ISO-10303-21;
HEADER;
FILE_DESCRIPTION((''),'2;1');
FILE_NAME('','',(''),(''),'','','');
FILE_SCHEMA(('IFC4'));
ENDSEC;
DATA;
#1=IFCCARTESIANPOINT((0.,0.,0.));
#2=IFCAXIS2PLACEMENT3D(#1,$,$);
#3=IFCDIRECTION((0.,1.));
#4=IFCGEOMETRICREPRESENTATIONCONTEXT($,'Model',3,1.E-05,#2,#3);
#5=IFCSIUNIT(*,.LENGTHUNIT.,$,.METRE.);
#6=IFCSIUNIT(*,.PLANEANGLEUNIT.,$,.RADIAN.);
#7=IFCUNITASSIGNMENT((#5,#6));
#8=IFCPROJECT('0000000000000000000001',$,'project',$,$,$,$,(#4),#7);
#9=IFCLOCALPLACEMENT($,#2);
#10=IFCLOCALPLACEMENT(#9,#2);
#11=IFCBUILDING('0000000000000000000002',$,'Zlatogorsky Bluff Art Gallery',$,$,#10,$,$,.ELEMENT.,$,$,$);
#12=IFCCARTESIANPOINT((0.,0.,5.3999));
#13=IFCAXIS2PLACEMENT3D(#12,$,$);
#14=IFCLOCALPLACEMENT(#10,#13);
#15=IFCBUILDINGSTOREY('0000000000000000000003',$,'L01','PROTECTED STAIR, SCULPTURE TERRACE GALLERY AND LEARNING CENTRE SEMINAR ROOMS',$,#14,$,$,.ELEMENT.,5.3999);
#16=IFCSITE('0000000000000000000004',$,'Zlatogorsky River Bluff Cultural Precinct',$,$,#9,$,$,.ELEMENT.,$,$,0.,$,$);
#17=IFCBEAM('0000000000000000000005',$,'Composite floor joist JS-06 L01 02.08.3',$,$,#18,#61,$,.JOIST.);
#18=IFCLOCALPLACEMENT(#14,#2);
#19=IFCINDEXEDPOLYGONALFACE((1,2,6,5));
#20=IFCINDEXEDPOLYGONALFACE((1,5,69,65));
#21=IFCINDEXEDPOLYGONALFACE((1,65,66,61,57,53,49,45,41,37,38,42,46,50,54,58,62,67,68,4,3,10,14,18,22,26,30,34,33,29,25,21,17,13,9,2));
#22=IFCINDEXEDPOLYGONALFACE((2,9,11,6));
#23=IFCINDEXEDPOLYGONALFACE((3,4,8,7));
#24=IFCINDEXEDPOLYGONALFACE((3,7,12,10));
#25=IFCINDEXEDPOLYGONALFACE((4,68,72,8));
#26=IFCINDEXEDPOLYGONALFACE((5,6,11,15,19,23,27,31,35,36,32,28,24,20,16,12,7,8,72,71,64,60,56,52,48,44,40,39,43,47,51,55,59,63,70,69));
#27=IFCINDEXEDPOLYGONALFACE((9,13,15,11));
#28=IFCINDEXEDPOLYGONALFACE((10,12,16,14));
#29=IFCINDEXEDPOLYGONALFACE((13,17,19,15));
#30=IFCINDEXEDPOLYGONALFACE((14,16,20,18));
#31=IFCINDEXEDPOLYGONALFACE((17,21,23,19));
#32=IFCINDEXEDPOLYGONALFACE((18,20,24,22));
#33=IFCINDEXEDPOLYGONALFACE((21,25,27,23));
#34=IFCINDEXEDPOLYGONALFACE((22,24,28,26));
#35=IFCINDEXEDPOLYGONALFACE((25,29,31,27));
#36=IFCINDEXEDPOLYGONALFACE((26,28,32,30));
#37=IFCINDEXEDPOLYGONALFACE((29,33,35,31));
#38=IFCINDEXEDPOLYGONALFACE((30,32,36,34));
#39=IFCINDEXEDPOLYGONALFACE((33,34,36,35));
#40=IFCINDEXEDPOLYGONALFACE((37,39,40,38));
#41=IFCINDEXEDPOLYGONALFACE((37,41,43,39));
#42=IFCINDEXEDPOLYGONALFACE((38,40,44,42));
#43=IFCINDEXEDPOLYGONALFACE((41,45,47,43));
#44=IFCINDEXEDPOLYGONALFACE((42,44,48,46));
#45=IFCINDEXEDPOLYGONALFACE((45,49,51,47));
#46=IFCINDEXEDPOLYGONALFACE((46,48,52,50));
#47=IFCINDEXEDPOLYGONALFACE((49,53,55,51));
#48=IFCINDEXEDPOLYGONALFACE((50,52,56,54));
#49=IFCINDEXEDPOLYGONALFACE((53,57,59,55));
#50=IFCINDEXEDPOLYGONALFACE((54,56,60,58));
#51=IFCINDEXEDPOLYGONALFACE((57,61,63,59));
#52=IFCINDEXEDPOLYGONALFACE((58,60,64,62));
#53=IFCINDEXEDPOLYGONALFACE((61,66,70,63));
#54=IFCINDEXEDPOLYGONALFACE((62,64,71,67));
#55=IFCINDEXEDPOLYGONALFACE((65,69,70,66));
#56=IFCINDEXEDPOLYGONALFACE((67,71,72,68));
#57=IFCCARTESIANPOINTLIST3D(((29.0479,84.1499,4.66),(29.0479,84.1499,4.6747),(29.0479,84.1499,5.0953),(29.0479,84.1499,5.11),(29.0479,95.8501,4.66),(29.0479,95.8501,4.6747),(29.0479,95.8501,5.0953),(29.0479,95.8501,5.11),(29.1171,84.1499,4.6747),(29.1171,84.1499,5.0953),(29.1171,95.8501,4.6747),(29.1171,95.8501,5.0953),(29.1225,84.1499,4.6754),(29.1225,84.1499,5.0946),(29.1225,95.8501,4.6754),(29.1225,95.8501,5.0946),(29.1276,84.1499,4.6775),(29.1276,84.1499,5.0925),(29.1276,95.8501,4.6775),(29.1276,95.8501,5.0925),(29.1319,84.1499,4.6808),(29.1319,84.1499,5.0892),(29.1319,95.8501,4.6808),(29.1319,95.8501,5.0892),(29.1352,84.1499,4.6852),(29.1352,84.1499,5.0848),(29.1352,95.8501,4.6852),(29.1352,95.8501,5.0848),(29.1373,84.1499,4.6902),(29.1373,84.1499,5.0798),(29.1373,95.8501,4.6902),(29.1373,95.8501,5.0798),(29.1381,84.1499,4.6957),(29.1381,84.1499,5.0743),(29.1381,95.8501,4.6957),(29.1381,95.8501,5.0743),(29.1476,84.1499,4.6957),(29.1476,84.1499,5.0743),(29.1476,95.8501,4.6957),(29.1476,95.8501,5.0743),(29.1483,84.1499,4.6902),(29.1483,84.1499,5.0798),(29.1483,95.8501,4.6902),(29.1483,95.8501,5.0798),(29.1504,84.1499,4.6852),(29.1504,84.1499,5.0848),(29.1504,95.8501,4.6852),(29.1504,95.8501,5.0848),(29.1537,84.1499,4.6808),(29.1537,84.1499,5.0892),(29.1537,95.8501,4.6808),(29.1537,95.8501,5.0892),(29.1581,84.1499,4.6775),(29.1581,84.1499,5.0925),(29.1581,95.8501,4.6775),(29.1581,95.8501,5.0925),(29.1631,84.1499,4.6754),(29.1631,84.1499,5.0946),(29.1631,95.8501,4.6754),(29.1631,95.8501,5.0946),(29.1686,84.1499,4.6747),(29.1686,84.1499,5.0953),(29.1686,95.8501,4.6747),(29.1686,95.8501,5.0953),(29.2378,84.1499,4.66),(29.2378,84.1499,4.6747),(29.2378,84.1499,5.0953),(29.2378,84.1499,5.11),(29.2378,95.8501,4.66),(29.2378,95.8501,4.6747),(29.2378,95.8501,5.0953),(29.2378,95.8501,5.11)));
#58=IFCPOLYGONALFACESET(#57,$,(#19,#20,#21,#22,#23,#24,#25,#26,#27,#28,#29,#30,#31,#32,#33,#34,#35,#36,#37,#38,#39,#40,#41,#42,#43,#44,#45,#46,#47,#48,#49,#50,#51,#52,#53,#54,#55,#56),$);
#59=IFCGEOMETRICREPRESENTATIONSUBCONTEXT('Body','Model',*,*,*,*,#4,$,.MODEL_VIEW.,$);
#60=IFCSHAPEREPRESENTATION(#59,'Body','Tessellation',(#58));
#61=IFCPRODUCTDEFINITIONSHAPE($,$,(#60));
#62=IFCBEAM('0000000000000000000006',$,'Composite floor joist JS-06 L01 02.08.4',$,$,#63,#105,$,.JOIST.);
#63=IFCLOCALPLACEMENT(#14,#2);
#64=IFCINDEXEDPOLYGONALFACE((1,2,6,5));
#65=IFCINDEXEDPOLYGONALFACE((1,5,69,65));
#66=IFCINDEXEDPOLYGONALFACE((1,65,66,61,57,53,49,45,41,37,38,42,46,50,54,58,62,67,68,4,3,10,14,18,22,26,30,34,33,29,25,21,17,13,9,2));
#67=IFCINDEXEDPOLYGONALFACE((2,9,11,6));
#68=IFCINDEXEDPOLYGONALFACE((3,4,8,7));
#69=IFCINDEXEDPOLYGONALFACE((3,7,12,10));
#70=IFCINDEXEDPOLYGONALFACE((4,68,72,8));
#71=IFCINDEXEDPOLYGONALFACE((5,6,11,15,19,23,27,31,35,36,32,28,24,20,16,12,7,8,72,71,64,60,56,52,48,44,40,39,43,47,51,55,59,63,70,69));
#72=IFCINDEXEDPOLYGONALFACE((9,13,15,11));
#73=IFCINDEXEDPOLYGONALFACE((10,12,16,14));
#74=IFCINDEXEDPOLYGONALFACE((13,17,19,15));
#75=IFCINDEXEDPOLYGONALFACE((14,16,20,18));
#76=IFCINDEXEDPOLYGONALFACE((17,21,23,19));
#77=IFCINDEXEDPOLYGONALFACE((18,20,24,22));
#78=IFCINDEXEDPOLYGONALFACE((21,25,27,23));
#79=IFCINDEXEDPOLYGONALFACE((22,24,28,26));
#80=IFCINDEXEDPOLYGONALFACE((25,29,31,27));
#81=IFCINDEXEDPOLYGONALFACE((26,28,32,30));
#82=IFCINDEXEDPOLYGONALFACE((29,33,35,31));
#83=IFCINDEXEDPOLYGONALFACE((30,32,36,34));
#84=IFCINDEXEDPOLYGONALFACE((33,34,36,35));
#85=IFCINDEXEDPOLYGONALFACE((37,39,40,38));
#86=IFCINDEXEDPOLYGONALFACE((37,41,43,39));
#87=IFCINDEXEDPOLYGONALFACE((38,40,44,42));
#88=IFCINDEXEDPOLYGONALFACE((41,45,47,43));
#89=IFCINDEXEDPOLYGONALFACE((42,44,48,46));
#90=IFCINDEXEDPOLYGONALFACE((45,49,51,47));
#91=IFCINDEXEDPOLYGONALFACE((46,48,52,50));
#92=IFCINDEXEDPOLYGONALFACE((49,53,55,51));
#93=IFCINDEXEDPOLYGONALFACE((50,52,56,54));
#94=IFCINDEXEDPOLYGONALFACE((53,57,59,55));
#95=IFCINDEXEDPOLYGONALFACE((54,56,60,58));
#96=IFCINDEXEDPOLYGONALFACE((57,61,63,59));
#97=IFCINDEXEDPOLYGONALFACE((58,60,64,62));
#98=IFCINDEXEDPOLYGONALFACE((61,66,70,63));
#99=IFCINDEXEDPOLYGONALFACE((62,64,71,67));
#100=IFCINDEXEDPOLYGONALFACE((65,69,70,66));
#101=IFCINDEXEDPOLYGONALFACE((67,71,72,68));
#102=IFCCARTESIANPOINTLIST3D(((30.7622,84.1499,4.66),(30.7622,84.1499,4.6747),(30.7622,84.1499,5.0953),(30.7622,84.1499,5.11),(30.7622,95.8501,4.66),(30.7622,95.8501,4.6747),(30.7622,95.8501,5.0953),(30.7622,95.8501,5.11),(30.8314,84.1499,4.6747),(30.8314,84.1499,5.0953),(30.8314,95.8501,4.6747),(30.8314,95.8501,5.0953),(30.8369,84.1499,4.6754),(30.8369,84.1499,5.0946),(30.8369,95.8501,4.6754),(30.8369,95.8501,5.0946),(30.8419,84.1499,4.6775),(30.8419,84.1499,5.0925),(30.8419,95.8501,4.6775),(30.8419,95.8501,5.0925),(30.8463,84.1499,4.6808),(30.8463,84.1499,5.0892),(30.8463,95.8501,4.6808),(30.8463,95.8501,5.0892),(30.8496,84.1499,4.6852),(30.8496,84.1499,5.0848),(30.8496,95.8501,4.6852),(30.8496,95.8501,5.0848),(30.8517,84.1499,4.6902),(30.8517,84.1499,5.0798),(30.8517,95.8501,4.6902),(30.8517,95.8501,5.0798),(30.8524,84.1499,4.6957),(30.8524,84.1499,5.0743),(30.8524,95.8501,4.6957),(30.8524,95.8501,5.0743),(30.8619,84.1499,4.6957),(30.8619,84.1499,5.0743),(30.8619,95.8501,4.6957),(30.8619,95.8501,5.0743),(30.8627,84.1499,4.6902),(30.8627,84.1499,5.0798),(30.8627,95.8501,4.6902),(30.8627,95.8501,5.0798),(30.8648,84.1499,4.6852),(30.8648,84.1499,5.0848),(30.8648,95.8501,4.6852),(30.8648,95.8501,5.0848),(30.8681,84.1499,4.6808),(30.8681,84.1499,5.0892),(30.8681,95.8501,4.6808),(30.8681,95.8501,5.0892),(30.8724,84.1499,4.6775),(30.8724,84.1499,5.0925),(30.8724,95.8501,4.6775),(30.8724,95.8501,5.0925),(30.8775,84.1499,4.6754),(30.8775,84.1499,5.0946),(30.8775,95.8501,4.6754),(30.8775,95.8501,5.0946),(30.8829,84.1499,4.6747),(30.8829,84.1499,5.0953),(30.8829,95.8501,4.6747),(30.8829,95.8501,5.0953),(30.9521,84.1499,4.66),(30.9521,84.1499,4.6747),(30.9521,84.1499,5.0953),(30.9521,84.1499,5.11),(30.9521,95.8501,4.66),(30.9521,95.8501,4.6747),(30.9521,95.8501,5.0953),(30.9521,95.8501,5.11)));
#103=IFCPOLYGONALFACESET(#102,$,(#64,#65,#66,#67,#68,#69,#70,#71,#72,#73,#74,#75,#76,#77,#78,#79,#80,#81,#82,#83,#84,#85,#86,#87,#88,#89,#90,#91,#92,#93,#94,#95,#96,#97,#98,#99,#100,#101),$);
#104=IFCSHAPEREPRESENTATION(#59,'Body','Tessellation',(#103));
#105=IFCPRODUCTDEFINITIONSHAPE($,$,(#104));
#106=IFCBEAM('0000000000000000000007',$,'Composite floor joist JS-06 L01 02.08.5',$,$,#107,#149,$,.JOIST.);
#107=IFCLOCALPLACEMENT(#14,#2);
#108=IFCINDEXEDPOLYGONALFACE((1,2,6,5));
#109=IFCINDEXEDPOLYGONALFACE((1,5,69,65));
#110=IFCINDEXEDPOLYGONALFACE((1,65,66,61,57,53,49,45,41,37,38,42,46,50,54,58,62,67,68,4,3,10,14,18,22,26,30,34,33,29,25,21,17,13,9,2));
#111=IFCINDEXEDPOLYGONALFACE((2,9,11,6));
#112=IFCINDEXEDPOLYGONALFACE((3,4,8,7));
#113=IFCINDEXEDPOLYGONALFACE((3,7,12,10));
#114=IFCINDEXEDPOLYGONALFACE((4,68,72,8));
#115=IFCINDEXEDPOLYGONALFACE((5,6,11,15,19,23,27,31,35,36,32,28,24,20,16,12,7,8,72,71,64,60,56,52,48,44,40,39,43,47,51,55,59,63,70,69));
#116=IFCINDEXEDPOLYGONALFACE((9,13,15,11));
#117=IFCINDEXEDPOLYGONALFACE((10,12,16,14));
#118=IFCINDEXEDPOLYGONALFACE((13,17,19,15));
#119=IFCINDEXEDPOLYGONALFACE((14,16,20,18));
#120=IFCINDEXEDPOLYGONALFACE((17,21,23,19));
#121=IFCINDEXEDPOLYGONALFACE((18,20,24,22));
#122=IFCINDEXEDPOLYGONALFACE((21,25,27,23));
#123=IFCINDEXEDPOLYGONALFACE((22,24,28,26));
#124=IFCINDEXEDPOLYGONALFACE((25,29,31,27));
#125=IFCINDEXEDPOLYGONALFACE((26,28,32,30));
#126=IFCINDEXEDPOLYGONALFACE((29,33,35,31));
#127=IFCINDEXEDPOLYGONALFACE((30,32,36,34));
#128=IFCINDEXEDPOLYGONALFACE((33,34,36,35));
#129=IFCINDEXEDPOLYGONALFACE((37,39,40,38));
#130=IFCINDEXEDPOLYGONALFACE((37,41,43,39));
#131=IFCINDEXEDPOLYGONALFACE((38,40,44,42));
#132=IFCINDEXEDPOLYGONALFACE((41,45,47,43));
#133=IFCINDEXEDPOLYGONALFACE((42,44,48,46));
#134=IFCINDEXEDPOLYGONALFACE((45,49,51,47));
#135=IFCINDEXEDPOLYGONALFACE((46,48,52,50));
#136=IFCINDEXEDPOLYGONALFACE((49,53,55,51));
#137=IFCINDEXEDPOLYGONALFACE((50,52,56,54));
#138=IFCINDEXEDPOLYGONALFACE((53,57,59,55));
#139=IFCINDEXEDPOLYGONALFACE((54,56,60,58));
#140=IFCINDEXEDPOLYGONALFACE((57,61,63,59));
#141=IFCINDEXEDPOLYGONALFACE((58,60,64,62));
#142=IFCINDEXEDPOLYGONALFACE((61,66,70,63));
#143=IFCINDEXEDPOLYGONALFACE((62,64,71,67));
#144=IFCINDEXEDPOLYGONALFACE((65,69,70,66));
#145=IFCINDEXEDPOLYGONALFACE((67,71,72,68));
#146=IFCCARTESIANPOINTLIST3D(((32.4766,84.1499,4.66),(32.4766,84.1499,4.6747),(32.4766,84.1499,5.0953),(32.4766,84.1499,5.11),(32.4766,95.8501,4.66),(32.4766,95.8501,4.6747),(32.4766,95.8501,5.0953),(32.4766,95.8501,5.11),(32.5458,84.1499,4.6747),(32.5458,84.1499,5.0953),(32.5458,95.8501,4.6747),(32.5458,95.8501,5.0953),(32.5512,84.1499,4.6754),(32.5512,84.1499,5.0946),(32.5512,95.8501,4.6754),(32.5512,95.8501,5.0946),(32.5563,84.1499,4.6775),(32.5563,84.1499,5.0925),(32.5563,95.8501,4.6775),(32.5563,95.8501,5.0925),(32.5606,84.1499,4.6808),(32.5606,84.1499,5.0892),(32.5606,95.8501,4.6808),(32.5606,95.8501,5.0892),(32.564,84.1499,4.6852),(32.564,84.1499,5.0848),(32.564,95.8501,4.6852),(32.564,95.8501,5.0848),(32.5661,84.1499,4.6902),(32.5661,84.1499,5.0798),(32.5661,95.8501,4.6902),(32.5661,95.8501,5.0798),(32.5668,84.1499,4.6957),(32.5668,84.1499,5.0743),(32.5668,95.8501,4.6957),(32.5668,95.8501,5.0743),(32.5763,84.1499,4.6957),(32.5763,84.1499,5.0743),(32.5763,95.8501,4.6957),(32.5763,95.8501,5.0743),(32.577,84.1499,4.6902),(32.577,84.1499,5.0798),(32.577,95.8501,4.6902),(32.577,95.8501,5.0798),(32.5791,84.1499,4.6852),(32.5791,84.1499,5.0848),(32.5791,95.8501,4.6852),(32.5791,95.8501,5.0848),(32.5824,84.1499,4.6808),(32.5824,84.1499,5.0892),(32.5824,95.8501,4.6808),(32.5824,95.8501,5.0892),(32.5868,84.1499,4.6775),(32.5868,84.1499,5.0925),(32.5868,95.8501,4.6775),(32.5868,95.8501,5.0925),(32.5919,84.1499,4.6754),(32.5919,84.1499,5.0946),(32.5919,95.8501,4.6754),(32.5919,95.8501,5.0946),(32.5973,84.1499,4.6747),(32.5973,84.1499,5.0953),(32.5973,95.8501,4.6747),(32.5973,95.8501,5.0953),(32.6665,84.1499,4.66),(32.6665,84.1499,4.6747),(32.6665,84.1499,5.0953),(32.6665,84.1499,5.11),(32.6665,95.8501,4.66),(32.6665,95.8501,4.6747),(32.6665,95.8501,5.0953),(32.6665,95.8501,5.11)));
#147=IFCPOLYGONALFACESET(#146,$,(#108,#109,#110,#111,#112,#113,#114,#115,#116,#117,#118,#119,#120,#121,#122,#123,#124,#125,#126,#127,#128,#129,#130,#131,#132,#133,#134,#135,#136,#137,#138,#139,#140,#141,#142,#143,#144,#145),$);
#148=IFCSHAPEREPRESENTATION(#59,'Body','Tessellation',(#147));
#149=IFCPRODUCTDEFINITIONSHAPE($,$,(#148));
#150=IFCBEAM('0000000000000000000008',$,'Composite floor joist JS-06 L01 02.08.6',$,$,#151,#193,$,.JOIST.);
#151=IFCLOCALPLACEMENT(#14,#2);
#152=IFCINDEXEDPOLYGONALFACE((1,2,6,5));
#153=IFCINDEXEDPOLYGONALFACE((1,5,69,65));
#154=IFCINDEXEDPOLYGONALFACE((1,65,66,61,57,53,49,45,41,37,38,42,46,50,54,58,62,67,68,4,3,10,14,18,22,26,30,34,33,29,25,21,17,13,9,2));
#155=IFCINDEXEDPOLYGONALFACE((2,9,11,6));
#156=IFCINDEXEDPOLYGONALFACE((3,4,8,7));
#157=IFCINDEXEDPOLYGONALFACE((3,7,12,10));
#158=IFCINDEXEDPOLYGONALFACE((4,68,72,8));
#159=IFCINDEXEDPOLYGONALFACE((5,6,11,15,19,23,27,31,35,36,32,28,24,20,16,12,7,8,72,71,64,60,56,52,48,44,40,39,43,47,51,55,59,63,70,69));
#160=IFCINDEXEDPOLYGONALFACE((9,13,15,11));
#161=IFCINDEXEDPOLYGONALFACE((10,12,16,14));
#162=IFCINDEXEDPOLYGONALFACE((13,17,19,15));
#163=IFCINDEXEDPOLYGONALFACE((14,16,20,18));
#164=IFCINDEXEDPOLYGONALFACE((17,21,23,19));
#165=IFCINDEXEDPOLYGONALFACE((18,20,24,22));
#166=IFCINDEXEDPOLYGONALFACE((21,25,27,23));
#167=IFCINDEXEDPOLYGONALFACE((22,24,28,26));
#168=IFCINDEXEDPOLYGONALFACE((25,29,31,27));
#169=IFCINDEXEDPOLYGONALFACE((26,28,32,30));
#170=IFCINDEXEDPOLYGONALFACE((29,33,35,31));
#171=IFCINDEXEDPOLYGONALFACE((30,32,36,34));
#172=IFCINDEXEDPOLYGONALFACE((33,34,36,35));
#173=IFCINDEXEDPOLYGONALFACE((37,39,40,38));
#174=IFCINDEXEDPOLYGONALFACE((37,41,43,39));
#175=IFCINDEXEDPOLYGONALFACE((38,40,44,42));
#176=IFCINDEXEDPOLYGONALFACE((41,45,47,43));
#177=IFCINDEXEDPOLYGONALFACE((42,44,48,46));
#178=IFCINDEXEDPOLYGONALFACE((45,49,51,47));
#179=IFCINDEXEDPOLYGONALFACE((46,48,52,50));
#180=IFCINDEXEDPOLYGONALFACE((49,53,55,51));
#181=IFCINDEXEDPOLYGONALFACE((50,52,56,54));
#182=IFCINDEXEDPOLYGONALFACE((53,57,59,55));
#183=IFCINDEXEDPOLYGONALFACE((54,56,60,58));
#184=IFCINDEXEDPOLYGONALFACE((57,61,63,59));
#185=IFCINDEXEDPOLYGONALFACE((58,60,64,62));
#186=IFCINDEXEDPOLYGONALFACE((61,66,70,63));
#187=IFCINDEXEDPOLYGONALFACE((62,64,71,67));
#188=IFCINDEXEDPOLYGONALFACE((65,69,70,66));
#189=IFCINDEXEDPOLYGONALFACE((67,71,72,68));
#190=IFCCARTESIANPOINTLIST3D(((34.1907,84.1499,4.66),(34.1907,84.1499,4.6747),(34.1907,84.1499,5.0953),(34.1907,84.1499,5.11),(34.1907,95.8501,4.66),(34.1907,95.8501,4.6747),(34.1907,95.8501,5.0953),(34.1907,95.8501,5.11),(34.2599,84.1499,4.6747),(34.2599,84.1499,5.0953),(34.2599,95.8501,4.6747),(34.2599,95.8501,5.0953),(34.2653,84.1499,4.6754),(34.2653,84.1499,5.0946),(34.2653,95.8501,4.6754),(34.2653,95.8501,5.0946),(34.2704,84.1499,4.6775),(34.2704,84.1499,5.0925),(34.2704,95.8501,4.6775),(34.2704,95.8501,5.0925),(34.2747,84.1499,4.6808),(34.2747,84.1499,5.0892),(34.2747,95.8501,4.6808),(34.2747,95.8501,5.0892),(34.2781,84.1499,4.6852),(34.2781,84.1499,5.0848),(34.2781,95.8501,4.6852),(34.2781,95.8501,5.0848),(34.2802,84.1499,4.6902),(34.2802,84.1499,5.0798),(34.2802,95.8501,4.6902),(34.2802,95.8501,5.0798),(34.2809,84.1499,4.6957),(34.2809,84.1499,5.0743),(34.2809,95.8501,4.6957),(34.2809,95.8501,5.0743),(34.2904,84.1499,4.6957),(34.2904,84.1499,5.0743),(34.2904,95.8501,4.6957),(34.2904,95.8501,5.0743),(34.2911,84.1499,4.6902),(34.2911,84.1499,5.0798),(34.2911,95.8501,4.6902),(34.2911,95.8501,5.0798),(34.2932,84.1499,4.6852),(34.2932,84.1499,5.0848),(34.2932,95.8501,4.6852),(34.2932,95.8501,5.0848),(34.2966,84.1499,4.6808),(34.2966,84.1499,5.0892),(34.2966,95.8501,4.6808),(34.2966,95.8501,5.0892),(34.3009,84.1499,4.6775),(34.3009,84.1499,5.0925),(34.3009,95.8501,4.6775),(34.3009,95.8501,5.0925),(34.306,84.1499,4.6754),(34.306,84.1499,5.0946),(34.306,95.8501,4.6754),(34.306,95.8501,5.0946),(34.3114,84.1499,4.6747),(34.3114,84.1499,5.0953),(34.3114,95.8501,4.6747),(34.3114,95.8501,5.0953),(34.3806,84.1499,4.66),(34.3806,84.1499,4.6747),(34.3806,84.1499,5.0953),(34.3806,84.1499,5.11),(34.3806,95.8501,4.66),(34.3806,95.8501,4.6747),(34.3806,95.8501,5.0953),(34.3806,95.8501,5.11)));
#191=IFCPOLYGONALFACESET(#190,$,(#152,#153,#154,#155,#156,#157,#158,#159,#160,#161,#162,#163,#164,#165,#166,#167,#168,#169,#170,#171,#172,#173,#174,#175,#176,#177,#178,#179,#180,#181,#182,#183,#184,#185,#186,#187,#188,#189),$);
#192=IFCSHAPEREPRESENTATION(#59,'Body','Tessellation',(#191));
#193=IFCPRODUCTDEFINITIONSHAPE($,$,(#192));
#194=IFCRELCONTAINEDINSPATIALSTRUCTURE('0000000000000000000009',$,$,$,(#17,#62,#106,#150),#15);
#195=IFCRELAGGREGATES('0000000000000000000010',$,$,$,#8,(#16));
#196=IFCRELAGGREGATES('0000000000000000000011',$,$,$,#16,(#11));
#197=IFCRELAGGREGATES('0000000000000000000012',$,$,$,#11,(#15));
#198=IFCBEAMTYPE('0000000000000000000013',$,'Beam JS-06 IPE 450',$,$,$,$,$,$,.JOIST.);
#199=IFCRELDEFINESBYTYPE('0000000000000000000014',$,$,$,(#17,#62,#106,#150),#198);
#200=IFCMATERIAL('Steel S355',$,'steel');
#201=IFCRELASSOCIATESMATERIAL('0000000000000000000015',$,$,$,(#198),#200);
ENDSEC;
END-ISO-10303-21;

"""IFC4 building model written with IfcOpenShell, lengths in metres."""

from ifc_helpers import new_model, si_unit, direction, frame, origin, origin_2d, place, context, subcontext, project, spatial, i_section, extrude, material, material_profile, profile_set, type_object, element, save


model = new_model("IFC4")

# Units and contexts
model_context = context("Model", 3, precision=1e-05, world=origin(), true_north=direction((0.0, 1.0)))
body_context = subcontext(model_context, "Body", "Model", "MODEL_VIEW")
ifc_project = project(units=[si_unit("LENGTHUNIT", "METRE"), si_unit("PLANEANGLEUNIT", "RADIAN")], contexts=[model_context])

# Site, building, storey
site_placement = place(None, origin())
site = spatial("IfcSite", under=ifc_project, at=site_placement, Name="Zlatogorsky River Bluff Cultural Precinct", CompositionType="ELEMENT", RefElevation=0.0)
building_placement = place(site_placement, origin())
building = spatial("IfcBuilding", under=site, at=building_placement, Name="Zlatogorsky Bluff Art Gallery", CompositionType="ELEMENT")
storey_placement = place(building_placement, frame((0.0, 0.0, 5.3999)))
storey = spatial("IfcBuildingStorey", under=building, at=storey_placement, Name="L01", Description="PROTECTED STAIR, SCULPTURE TERRACE GALLERY AND LEARNING CENTRE SEMINAR ROOMS", CompositionType="ELEMENT", Elevation=5.3999)

# Beams
ifc_material_1 = material(Name="Steel S355", Category="steel")
ifc_material_profile_1 = material_profile(ifc_material_1, i_section(OverallWidth=0.1899, OverallDepth=0.45, WebThickness=0.0095, FlangeThickness=0.0146, FilletRadius=0.021, at=origin_2d()), Name="IPE 450")
ifc_profile_set_1 = profile_set([ifc_material_profile_1], Name="Steel S355")
beam_type_1 = type_object("IfcBeamType", Name="Beam JS-06 IPE 450", PredefinedType="JOIST", material=ifc_profile_set_1)
for number, where, z_axis, x_axis, name in (
    (1, (29.1428, 84.1499, 4.885), (0.0, 1.0, 0.0), (-1.0, 0.0, 0.0), "Composite floor joist JS-06 L01 02.08.3"),
    (2, (30.8572, 84.1499, 4.885), (0.0, 1.0, 0.0), (-1.0, 0.0, 0.0), "Composite floor joist JS-06 L01 02.08.4"),
    (3, (32.5715, 84.1499, 4.885), (0.0, 1.0, 0.0), (-1.0, 0.0, 0.0), "Composite floor joist JS-06 L01 02.08.5"),
    (4, (34.2856, 84.1499, 4.885), (0.0, 1.0, 0.0), (-1.0, 0.0, 0.0), "Composite floor joist JS-06 L01 02.08.6"),
):
    element("IfcBeam", number, at=place(storey_placement, frame(where, z_axis=z_axis, x_axis=x_axis)), inside=storey, type_object=beam_type_1, Name=name, PredefinedType="JOIST", context=body_context, shape_type="SweptSolid", body=[
        extrude(i_section(OverallWidth=0.1899, OverallDepth=0.45, WebThickness=0.0095, FlangeThickness=0.0146, FilletRadius=0.021, at=origin_2d()), origin(), (0.0, 0.0, 1.0), 11.7002),
    ])

save(model, "model.ifc")
